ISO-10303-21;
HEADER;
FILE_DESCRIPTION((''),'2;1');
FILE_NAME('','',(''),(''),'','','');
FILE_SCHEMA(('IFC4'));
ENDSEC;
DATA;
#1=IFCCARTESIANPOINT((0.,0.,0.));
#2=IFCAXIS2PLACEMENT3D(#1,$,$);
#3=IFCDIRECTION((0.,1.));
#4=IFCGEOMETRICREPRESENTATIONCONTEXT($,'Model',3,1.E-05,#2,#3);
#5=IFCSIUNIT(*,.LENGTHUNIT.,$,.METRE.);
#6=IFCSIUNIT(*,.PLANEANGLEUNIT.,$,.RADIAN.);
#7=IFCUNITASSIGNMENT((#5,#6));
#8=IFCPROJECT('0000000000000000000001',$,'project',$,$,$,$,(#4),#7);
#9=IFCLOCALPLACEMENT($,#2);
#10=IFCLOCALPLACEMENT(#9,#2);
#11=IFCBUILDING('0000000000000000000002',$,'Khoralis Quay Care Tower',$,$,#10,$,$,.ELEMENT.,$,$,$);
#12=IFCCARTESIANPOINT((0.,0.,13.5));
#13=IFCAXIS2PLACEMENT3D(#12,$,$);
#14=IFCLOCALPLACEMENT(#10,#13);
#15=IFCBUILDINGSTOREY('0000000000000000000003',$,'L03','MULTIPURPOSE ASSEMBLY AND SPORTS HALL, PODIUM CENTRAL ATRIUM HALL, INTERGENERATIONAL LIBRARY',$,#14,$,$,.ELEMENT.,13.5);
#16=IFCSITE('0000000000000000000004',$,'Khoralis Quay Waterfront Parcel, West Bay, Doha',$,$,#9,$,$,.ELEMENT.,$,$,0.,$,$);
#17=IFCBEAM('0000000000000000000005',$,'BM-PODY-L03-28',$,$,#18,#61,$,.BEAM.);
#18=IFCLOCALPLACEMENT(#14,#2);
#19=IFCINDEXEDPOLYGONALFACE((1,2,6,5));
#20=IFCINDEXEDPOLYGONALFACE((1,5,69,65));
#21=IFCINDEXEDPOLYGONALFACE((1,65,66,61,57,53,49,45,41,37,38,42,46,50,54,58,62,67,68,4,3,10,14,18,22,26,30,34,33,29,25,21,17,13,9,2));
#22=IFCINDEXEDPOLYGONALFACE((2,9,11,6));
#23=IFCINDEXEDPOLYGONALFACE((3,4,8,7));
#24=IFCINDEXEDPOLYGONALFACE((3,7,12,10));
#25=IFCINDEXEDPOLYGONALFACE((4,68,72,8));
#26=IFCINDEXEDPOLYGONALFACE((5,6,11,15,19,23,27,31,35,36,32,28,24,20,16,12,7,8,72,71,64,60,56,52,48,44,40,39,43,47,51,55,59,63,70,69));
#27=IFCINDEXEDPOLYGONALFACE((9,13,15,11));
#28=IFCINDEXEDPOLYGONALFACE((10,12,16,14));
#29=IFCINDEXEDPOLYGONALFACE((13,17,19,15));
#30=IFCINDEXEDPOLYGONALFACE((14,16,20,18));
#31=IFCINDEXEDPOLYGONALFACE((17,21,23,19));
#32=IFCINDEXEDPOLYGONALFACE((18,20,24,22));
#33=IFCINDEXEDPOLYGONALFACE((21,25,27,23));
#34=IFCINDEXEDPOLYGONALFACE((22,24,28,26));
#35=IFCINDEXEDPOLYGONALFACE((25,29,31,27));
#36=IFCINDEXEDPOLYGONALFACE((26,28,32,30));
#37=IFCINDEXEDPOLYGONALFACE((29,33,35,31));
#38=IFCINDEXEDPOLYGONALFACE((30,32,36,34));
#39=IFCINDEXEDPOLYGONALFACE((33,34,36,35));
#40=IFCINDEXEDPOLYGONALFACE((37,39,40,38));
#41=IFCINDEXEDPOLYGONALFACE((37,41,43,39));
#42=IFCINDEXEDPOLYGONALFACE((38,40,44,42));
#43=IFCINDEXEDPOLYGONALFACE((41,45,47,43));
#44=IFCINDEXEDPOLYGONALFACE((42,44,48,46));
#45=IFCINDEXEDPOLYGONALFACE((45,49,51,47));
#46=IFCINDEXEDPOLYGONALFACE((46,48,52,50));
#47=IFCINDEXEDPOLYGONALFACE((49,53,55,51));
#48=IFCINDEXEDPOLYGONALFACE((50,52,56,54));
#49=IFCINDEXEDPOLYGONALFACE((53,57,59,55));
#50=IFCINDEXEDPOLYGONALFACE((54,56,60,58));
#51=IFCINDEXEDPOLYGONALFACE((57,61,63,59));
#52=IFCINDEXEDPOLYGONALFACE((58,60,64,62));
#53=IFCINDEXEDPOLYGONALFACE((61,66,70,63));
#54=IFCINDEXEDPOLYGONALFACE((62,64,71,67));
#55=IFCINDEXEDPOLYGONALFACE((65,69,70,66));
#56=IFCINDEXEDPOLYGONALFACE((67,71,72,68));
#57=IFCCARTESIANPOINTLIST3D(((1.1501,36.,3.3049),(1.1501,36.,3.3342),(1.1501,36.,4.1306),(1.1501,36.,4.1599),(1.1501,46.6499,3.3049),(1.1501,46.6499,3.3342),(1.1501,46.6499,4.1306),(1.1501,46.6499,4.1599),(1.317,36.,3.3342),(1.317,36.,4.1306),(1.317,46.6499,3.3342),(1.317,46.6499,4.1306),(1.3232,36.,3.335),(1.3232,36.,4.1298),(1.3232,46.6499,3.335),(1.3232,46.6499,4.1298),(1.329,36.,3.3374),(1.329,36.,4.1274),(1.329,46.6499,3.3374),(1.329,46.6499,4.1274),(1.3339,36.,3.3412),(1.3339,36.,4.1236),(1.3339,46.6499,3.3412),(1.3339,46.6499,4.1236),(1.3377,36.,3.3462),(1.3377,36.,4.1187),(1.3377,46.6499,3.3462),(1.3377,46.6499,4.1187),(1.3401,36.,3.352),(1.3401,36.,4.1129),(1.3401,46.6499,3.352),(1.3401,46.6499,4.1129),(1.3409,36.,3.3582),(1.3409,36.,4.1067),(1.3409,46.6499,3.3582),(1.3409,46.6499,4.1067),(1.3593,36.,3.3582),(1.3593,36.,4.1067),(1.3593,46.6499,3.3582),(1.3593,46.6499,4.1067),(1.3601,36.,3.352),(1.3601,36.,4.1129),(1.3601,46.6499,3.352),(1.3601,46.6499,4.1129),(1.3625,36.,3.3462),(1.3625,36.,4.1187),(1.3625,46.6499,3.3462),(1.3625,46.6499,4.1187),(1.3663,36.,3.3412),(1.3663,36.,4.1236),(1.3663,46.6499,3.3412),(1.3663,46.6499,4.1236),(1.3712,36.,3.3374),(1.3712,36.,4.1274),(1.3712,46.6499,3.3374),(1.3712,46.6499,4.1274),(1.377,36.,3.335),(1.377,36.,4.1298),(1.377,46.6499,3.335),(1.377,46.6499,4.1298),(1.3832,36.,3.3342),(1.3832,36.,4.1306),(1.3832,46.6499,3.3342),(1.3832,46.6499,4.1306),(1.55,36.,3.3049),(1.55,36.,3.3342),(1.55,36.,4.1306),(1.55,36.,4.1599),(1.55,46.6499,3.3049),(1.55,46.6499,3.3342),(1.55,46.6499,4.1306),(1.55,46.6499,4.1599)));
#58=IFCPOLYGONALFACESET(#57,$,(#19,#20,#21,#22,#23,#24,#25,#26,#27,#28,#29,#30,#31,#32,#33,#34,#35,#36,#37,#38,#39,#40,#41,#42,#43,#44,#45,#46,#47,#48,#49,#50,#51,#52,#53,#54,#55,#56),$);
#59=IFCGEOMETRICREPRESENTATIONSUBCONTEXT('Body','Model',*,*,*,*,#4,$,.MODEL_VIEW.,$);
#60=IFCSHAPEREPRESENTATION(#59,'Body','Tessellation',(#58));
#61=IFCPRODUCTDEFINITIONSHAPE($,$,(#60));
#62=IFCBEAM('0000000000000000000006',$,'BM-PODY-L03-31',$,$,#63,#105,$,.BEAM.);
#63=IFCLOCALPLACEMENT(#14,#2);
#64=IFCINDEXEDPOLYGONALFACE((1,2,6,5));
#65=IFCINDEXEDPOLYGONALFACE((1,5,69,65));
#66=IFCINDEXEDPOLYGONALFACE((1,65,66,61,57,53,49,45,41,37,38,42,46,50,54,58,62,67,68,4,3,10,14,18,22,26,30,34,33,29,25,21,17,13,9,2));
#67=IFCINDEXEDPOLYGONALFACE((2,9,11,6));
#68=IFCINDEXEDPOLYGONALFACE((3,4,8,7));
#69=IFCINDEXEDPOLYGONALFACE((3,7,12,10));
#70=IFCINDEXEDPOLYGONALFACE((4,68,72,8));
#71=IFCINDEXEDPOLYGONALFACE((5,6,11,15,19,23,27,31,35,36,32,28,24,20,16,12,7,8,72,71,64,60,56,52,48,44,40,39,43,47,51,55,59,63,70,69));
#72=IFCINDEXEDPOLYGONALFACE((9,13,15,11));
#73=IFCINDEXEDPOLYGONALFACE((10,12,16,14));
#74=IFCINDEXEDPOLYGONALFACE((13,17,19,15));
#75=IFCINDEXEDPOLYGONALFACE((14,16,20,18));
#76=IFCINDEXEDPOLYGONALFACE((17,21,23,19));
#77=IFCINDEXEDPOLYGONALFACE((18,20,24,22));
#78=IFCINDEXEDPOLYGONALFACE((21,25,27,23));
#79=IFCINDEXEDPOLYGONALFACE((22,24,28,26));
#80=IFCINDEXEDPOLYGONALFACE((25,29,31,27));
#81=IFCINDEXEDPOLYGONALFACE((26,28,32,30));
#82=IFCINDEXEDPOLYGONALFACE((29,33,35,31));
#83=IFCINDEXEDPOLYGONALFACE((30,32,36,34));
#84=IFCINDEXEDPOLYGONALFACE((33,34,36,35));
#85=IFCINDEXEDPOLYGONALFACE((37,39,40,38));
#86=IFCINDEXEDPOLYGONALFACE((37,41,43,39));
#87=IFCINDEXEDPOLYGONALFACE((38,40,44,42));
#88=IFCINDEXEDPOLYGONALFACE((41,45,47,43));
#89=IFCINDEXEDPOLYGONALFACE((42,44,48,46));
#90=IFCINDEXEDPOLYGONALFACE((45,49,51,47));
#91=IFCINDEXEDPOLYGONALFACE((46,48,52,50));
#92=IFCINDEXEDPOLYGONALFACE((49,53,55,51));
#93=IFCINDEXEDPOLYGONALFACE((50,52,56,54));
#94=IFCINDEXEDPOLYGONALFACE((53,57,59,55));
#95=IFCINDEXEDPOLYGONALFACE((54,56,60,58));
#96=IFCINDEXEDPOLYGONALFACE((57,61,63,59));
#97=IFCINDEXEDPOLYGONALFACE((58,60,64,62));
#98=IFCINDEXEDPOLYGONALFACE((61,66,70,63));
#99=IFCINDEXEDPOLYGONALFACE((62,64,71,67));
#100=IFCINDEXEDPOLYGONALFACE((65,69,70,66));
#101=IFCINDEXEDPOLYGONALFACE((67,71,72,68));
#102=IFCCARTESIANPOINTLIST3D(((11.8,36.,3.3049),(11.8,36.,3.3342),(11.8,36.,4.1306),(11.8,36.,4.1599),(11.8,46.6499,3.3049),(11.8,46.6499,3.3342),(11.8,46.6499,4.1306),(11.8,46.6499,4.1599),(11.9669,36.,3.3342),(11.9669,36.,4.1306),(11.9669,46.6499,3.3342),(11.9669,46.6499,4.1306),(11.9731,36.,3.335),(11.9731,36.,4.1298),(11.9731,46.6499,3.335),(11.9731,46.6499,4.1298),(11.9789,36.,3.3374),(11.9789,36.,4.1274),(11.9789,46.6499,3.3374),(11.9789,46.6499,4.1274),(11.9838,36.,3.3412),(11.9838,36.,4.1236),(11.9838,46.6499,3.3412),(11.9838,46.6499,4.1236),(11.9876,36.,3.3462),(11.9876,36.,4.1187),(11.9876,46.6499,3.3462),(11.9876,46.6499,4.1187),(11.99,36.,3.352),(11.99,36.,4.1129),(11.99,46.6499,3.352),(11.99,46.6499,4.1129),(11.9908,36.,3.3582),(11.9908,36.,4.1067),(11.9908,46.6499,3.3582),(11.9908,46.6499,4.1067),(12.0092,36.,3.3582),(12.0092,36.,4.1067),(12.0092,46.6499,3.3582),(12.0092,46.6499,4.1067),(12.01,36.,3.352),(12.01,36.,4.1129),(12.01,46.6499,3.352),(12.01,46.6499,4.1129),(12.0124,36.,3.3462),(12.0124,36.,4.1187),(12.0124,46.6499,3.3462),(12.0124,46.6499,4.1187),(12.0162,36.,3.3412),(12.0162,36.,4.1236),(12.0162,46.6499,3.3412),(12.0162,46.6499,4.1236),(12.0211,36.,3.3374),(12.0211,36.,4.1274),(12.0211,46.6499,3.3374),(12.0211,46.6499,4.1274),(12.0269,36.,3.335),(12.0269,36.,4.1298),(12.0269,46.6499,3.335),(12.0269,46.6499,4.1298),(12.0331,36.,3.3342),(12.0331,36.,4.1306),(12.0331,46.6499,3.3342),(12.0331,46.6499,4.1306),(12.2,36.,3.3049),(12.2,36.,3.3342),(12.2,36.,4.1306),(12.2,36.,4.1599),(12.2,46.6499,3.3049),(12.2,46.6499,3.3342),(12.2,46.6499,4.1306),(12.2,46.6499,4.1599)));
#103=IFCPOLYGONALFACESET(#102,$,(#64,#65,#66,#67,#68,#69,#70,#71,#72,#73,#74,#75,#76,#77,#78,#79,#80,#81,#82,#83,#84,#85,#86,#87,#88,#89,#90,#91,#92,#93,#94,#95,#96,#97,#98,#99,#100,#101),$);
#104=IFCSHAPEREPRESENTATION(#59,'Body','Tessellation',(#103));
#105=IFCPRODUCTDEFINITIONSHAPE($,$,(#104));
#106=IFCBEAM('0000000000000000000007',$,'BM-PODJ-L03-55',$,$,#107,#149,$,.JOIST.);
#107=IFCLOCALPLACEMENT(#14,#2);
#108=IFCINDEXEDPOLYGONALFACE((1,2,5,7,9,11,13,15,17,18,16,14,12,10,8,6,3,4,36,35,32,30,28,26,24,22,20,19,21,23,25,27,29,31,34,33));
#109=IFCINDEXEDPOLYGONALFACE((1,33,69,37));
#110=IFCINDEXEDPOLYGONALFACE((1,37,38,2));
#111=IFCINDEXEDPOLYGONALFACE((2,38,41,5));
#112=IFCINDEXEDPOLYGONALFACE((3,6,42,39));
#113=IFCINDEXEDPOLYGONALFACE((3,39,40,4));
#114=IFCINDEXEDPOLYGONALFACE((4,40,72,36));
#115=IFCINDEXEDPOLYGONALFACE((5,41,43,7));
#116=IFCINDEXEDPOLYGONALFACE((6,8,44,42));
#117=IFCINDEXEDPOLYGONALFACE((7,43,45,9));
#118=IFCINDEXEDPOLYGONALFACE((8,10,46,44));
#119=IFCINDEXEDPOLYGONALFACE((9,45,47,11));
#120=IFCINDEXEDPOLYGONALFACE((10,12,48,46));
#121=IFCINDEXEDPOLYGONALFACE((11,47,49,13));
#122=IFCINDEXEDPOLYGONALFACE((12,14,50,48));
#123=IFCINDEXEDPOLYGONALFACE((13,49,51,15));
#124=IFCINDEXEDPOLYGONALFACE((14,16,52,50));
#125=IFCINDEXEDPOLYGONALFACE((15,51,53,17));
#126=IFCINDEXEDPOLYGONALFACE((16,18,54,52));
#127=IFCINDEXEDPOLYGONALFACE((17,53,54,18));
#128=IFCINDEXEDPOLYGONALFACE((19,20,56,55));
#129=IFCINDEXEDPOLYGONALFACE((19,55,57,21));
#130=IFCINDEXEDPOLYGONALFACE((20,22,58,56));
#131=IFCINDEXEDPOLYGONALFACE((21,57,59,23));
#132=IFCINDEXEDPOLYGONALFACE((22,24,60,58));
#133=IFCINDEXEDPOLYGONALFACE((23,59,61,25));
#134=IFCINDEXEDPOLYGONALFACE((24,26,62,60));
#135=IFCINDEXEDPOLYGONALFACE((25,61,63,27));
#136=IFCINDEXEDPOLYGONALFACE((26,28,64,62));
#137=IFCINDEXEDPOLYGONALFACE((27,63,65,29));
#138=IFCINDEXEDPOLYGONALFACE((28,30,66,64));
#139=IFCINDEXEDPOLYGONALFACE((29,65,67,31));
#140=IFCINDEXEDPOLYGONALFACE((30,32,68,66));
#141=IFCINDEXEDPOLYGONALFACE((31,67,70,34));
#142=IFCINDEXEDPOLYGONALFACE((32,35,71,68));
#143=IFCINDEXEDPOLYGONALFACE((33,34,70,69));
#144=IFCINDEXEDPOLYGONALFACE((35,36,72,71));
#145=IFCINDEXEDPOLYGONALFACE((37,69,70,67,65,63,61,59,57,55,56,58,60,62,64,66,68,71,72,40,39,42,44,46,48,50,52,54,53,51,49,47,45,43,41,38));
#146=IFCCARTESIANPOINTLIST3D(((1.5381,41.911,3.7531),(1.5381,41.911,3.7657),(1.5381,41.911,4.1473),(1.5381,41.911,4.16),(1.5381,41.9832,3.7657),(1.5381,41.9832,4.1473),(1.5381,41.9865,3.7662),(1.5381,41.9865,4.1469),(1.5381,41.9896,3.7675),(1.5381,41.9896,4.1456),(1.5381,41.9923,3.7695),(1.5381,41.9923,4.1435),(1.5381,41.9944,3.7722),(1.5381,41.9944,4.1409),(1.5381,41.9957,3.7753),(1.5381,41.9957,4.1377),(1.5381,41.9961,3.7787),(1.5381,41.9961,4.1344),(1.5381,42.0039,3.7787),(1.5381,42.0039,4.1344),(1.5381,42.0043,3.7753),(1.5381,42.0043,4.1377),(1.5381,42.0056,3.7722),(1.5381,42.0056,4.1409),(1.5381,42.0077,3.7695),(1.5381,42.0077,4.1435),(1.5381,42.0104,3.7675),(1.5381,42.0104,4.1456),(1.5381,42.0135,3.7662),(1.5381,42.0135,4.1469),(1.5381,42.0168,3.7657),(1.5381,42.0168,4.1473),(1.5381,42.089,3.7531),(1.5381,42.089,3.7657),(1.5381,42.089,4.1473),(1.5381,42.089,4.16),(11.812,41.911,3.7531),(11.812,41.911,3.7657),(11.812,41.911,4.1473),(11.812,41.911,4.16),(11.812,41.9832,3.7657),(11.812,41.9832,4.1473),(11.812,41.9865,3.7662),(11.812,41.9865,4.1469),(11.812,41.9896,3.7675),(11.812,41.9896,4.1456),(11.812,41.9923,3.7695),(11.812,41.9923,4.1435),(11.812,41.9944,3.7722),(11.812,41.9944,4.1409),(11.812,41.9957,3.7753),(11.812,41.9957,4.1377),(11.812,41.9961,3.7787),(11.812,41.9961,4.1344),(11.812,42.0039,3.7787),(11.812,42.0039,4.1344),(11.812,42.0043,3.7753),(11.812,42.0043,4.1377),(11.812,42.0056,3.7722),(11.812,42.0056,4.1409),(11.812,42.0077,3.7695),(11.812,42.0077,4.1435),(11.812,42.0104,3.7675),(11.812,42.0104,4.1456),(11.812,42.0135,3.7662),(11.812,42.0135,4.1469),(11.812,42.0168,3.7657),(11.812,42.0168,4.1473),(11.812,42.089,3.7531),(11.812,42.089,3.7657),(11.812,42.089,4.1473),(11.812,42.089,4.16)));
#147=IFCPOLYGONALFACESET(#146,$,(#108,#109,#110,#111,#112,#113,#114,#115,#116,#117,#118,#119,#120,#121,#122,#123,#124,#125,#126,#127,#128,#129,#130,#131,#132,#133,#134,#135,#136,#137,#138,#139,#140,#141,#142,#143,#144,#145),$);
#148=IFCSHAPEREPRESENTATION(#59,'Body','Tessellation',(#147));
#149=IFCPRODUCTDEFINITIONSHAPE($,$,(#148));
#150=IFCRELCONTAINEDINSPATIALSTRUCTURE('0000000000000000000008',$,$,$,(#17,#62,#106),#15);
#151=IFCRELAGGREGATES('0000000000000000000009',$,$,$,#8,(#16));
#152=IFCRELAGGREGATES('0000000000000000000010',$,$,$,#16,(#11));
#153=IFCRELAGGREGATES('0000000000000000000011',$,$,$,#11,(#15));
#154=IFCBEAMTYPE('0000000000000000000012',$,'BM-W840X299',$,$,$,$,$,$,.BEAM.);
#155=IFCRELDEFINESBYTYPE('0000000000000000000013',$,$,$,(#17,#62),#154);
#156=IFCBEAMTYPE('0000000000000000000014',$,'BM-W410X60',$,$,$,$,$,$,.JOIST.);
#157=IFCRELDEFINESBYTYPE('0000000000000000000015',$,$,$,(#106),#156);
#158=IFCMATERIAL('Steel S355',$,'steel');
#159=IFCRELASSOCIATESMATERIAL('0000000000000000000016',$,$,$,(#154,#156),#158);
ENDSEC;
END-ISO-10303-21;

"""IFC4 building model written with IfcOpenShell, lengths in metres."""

from ifc_helpers import new_model, si_unit, direction, frame, origin, origin_2d, place, context, subcontext, project, spatial, i_section, extrude, source, transform, mapped, material, material_profile, profile_set, type_object, element, save


model = new_model("IFC4")

# Units and contexts
model_context = context("Model", 3, precision=1e-05, world=origin(), true_north=direction((0.0, 1.0)))
body_context = subcontext(model_context, "Body", "Model", "MODEL_VIEW")
ifc_project = project(units=[si_unit("LENGTHUNIT", "METRE"), si_unit("PLANEANGLEUNIT", "RADIAN")], contexts=[model_context])

# Site, building, storey
site_placement = place(None, origin())
site = spatial("IfcSite", under=ifc_project, at=site_placement, Name="Khoralis Quay Waterfront Parcel, West Bay, Doha", CompositionType="ELEMENT", RefElevation=0.0)
building_placement = place(site_placement, origin())
building = spatial("IfcBuilding", under=site, at=building_placement, Name="Khoralis Quay Care Tower", CompositionType="ELEMENT")
storey_placement = place(building_placement, frame((0.0, 0.0, 13.5)))
storey = spatial("IfcBuildingStorey", under=building, at=storey_placement, Name="L03", Description="MULTIPURPOSE ASSEMBLY AND SPORTS HALL, PODIUM CENTRAL ATRIUM HALL, INTERGENERATIONAL LIBRARY", CompositionType="ELEMENT", Elevation=13.5)

# Beams
ifc_material_1 = material(Name="Steel S355", Category="steel")
ifc_material_profile_1 = material_profile(ifc_material_1, i_section(OverallWidth=0.3999, OverallDepth=0.855, WebThickness=0.0183, FlangeThickness=0.0293, FilletRadius=0.0239, at=origin_2d()), Name="Steel S355")
ifc_profile_set_1 = profile_set([ifc_material_profile_1], Name="Steel S355")
beam_type_1 = type_object("IfcBeamType", Name="BM-W840X299", PredefinedType="BEAM", material=ifc_profile_set_1)
shared_shape_1 = source(origin(), body_context, "Body", "SweptSolid", [
    extrude(i_section(OverallWidth=0.3999, OverallDepth=0.855, WebThickness=0.0183, FlangeThickness=0.0293, FilletRadius=0.0239, at=origin_2d()), origin(), (0.0, 0.0, 1.0), 10.6499),
])
for number, where, z_axis, x_axis, name in (
    (1, (1.3501, 36.0, 3.7324), (0.0, 1.0, 0.0), (-1.0, 0.0, 0.0), "BM-PODY-L03-28"),
    (2, (12.0, 36.0, 3.7324), (0.0, 1.0, 0.0), (-1.0, 0.0, 0.0), "BM-PODY-L03-31"),
):
    element("IfcBeam", number, at=place(storey_placement, frame(where, z_axis=z_axis, x_axis=x_axis)), inside=storey, type_object=beam_type_1, Name=name, PredefinedType="BEAM", context=body_context, shape_type="MappedRepresentation", body=[
        mapped(shared_shape_1, transform((0.0, 0.0, 0.0), scale=1.0)),
    ])
ifc_material_profile_2 = material_profile(ifc_material_1, i_section(OverallWidth=0.178, OverallDepth=0.407, WebThickness=0.0078, FlangeThickness=0.0127, FilletRadius=0.0129, at=origin_2d()), Name="Steel S355")
ifc_profile_set_2 = profile_set([ifc_material_profile_2], Name="Steel S355")
beam_type_2 = type_object("IfcBeamType", Name="BM-W410X60", PredefinedType="JOIST", material=ifc_profile_set_2)
shared_shape_2 = source(origin(), body_context, "Body", "SweptSolid", [
    extrude(i_section(OverallWidth=0.178, OverallDepth=0.407, WebThickness=0.0078, FlangeThickness=0.0127, FilletRadius=0.0129, at=origin_2d()), origin(), (0.0, 0.0, 1.0), 10.2739),
])
beam_1_placement = place(storey_placement, frame((1.5381, 42.0, 3.9565), z_axis=(1.0, 0.0, 0.0), x_axis=(0.0, 1.0, 0.0)))
element("IfcBeam", 3, at=beam_1_placement, inside=storey, type_object=beam_type_2, Name="BM-PODJ-L03-55", PredefinedType="JOIST", context=body_context, shape_type="MappedRepresentation", body=[
    mapped(shared_shape_2, transform((0.0, 0.0, 0.0), scale=1.0)),
])

save(model, "model.ifc")
